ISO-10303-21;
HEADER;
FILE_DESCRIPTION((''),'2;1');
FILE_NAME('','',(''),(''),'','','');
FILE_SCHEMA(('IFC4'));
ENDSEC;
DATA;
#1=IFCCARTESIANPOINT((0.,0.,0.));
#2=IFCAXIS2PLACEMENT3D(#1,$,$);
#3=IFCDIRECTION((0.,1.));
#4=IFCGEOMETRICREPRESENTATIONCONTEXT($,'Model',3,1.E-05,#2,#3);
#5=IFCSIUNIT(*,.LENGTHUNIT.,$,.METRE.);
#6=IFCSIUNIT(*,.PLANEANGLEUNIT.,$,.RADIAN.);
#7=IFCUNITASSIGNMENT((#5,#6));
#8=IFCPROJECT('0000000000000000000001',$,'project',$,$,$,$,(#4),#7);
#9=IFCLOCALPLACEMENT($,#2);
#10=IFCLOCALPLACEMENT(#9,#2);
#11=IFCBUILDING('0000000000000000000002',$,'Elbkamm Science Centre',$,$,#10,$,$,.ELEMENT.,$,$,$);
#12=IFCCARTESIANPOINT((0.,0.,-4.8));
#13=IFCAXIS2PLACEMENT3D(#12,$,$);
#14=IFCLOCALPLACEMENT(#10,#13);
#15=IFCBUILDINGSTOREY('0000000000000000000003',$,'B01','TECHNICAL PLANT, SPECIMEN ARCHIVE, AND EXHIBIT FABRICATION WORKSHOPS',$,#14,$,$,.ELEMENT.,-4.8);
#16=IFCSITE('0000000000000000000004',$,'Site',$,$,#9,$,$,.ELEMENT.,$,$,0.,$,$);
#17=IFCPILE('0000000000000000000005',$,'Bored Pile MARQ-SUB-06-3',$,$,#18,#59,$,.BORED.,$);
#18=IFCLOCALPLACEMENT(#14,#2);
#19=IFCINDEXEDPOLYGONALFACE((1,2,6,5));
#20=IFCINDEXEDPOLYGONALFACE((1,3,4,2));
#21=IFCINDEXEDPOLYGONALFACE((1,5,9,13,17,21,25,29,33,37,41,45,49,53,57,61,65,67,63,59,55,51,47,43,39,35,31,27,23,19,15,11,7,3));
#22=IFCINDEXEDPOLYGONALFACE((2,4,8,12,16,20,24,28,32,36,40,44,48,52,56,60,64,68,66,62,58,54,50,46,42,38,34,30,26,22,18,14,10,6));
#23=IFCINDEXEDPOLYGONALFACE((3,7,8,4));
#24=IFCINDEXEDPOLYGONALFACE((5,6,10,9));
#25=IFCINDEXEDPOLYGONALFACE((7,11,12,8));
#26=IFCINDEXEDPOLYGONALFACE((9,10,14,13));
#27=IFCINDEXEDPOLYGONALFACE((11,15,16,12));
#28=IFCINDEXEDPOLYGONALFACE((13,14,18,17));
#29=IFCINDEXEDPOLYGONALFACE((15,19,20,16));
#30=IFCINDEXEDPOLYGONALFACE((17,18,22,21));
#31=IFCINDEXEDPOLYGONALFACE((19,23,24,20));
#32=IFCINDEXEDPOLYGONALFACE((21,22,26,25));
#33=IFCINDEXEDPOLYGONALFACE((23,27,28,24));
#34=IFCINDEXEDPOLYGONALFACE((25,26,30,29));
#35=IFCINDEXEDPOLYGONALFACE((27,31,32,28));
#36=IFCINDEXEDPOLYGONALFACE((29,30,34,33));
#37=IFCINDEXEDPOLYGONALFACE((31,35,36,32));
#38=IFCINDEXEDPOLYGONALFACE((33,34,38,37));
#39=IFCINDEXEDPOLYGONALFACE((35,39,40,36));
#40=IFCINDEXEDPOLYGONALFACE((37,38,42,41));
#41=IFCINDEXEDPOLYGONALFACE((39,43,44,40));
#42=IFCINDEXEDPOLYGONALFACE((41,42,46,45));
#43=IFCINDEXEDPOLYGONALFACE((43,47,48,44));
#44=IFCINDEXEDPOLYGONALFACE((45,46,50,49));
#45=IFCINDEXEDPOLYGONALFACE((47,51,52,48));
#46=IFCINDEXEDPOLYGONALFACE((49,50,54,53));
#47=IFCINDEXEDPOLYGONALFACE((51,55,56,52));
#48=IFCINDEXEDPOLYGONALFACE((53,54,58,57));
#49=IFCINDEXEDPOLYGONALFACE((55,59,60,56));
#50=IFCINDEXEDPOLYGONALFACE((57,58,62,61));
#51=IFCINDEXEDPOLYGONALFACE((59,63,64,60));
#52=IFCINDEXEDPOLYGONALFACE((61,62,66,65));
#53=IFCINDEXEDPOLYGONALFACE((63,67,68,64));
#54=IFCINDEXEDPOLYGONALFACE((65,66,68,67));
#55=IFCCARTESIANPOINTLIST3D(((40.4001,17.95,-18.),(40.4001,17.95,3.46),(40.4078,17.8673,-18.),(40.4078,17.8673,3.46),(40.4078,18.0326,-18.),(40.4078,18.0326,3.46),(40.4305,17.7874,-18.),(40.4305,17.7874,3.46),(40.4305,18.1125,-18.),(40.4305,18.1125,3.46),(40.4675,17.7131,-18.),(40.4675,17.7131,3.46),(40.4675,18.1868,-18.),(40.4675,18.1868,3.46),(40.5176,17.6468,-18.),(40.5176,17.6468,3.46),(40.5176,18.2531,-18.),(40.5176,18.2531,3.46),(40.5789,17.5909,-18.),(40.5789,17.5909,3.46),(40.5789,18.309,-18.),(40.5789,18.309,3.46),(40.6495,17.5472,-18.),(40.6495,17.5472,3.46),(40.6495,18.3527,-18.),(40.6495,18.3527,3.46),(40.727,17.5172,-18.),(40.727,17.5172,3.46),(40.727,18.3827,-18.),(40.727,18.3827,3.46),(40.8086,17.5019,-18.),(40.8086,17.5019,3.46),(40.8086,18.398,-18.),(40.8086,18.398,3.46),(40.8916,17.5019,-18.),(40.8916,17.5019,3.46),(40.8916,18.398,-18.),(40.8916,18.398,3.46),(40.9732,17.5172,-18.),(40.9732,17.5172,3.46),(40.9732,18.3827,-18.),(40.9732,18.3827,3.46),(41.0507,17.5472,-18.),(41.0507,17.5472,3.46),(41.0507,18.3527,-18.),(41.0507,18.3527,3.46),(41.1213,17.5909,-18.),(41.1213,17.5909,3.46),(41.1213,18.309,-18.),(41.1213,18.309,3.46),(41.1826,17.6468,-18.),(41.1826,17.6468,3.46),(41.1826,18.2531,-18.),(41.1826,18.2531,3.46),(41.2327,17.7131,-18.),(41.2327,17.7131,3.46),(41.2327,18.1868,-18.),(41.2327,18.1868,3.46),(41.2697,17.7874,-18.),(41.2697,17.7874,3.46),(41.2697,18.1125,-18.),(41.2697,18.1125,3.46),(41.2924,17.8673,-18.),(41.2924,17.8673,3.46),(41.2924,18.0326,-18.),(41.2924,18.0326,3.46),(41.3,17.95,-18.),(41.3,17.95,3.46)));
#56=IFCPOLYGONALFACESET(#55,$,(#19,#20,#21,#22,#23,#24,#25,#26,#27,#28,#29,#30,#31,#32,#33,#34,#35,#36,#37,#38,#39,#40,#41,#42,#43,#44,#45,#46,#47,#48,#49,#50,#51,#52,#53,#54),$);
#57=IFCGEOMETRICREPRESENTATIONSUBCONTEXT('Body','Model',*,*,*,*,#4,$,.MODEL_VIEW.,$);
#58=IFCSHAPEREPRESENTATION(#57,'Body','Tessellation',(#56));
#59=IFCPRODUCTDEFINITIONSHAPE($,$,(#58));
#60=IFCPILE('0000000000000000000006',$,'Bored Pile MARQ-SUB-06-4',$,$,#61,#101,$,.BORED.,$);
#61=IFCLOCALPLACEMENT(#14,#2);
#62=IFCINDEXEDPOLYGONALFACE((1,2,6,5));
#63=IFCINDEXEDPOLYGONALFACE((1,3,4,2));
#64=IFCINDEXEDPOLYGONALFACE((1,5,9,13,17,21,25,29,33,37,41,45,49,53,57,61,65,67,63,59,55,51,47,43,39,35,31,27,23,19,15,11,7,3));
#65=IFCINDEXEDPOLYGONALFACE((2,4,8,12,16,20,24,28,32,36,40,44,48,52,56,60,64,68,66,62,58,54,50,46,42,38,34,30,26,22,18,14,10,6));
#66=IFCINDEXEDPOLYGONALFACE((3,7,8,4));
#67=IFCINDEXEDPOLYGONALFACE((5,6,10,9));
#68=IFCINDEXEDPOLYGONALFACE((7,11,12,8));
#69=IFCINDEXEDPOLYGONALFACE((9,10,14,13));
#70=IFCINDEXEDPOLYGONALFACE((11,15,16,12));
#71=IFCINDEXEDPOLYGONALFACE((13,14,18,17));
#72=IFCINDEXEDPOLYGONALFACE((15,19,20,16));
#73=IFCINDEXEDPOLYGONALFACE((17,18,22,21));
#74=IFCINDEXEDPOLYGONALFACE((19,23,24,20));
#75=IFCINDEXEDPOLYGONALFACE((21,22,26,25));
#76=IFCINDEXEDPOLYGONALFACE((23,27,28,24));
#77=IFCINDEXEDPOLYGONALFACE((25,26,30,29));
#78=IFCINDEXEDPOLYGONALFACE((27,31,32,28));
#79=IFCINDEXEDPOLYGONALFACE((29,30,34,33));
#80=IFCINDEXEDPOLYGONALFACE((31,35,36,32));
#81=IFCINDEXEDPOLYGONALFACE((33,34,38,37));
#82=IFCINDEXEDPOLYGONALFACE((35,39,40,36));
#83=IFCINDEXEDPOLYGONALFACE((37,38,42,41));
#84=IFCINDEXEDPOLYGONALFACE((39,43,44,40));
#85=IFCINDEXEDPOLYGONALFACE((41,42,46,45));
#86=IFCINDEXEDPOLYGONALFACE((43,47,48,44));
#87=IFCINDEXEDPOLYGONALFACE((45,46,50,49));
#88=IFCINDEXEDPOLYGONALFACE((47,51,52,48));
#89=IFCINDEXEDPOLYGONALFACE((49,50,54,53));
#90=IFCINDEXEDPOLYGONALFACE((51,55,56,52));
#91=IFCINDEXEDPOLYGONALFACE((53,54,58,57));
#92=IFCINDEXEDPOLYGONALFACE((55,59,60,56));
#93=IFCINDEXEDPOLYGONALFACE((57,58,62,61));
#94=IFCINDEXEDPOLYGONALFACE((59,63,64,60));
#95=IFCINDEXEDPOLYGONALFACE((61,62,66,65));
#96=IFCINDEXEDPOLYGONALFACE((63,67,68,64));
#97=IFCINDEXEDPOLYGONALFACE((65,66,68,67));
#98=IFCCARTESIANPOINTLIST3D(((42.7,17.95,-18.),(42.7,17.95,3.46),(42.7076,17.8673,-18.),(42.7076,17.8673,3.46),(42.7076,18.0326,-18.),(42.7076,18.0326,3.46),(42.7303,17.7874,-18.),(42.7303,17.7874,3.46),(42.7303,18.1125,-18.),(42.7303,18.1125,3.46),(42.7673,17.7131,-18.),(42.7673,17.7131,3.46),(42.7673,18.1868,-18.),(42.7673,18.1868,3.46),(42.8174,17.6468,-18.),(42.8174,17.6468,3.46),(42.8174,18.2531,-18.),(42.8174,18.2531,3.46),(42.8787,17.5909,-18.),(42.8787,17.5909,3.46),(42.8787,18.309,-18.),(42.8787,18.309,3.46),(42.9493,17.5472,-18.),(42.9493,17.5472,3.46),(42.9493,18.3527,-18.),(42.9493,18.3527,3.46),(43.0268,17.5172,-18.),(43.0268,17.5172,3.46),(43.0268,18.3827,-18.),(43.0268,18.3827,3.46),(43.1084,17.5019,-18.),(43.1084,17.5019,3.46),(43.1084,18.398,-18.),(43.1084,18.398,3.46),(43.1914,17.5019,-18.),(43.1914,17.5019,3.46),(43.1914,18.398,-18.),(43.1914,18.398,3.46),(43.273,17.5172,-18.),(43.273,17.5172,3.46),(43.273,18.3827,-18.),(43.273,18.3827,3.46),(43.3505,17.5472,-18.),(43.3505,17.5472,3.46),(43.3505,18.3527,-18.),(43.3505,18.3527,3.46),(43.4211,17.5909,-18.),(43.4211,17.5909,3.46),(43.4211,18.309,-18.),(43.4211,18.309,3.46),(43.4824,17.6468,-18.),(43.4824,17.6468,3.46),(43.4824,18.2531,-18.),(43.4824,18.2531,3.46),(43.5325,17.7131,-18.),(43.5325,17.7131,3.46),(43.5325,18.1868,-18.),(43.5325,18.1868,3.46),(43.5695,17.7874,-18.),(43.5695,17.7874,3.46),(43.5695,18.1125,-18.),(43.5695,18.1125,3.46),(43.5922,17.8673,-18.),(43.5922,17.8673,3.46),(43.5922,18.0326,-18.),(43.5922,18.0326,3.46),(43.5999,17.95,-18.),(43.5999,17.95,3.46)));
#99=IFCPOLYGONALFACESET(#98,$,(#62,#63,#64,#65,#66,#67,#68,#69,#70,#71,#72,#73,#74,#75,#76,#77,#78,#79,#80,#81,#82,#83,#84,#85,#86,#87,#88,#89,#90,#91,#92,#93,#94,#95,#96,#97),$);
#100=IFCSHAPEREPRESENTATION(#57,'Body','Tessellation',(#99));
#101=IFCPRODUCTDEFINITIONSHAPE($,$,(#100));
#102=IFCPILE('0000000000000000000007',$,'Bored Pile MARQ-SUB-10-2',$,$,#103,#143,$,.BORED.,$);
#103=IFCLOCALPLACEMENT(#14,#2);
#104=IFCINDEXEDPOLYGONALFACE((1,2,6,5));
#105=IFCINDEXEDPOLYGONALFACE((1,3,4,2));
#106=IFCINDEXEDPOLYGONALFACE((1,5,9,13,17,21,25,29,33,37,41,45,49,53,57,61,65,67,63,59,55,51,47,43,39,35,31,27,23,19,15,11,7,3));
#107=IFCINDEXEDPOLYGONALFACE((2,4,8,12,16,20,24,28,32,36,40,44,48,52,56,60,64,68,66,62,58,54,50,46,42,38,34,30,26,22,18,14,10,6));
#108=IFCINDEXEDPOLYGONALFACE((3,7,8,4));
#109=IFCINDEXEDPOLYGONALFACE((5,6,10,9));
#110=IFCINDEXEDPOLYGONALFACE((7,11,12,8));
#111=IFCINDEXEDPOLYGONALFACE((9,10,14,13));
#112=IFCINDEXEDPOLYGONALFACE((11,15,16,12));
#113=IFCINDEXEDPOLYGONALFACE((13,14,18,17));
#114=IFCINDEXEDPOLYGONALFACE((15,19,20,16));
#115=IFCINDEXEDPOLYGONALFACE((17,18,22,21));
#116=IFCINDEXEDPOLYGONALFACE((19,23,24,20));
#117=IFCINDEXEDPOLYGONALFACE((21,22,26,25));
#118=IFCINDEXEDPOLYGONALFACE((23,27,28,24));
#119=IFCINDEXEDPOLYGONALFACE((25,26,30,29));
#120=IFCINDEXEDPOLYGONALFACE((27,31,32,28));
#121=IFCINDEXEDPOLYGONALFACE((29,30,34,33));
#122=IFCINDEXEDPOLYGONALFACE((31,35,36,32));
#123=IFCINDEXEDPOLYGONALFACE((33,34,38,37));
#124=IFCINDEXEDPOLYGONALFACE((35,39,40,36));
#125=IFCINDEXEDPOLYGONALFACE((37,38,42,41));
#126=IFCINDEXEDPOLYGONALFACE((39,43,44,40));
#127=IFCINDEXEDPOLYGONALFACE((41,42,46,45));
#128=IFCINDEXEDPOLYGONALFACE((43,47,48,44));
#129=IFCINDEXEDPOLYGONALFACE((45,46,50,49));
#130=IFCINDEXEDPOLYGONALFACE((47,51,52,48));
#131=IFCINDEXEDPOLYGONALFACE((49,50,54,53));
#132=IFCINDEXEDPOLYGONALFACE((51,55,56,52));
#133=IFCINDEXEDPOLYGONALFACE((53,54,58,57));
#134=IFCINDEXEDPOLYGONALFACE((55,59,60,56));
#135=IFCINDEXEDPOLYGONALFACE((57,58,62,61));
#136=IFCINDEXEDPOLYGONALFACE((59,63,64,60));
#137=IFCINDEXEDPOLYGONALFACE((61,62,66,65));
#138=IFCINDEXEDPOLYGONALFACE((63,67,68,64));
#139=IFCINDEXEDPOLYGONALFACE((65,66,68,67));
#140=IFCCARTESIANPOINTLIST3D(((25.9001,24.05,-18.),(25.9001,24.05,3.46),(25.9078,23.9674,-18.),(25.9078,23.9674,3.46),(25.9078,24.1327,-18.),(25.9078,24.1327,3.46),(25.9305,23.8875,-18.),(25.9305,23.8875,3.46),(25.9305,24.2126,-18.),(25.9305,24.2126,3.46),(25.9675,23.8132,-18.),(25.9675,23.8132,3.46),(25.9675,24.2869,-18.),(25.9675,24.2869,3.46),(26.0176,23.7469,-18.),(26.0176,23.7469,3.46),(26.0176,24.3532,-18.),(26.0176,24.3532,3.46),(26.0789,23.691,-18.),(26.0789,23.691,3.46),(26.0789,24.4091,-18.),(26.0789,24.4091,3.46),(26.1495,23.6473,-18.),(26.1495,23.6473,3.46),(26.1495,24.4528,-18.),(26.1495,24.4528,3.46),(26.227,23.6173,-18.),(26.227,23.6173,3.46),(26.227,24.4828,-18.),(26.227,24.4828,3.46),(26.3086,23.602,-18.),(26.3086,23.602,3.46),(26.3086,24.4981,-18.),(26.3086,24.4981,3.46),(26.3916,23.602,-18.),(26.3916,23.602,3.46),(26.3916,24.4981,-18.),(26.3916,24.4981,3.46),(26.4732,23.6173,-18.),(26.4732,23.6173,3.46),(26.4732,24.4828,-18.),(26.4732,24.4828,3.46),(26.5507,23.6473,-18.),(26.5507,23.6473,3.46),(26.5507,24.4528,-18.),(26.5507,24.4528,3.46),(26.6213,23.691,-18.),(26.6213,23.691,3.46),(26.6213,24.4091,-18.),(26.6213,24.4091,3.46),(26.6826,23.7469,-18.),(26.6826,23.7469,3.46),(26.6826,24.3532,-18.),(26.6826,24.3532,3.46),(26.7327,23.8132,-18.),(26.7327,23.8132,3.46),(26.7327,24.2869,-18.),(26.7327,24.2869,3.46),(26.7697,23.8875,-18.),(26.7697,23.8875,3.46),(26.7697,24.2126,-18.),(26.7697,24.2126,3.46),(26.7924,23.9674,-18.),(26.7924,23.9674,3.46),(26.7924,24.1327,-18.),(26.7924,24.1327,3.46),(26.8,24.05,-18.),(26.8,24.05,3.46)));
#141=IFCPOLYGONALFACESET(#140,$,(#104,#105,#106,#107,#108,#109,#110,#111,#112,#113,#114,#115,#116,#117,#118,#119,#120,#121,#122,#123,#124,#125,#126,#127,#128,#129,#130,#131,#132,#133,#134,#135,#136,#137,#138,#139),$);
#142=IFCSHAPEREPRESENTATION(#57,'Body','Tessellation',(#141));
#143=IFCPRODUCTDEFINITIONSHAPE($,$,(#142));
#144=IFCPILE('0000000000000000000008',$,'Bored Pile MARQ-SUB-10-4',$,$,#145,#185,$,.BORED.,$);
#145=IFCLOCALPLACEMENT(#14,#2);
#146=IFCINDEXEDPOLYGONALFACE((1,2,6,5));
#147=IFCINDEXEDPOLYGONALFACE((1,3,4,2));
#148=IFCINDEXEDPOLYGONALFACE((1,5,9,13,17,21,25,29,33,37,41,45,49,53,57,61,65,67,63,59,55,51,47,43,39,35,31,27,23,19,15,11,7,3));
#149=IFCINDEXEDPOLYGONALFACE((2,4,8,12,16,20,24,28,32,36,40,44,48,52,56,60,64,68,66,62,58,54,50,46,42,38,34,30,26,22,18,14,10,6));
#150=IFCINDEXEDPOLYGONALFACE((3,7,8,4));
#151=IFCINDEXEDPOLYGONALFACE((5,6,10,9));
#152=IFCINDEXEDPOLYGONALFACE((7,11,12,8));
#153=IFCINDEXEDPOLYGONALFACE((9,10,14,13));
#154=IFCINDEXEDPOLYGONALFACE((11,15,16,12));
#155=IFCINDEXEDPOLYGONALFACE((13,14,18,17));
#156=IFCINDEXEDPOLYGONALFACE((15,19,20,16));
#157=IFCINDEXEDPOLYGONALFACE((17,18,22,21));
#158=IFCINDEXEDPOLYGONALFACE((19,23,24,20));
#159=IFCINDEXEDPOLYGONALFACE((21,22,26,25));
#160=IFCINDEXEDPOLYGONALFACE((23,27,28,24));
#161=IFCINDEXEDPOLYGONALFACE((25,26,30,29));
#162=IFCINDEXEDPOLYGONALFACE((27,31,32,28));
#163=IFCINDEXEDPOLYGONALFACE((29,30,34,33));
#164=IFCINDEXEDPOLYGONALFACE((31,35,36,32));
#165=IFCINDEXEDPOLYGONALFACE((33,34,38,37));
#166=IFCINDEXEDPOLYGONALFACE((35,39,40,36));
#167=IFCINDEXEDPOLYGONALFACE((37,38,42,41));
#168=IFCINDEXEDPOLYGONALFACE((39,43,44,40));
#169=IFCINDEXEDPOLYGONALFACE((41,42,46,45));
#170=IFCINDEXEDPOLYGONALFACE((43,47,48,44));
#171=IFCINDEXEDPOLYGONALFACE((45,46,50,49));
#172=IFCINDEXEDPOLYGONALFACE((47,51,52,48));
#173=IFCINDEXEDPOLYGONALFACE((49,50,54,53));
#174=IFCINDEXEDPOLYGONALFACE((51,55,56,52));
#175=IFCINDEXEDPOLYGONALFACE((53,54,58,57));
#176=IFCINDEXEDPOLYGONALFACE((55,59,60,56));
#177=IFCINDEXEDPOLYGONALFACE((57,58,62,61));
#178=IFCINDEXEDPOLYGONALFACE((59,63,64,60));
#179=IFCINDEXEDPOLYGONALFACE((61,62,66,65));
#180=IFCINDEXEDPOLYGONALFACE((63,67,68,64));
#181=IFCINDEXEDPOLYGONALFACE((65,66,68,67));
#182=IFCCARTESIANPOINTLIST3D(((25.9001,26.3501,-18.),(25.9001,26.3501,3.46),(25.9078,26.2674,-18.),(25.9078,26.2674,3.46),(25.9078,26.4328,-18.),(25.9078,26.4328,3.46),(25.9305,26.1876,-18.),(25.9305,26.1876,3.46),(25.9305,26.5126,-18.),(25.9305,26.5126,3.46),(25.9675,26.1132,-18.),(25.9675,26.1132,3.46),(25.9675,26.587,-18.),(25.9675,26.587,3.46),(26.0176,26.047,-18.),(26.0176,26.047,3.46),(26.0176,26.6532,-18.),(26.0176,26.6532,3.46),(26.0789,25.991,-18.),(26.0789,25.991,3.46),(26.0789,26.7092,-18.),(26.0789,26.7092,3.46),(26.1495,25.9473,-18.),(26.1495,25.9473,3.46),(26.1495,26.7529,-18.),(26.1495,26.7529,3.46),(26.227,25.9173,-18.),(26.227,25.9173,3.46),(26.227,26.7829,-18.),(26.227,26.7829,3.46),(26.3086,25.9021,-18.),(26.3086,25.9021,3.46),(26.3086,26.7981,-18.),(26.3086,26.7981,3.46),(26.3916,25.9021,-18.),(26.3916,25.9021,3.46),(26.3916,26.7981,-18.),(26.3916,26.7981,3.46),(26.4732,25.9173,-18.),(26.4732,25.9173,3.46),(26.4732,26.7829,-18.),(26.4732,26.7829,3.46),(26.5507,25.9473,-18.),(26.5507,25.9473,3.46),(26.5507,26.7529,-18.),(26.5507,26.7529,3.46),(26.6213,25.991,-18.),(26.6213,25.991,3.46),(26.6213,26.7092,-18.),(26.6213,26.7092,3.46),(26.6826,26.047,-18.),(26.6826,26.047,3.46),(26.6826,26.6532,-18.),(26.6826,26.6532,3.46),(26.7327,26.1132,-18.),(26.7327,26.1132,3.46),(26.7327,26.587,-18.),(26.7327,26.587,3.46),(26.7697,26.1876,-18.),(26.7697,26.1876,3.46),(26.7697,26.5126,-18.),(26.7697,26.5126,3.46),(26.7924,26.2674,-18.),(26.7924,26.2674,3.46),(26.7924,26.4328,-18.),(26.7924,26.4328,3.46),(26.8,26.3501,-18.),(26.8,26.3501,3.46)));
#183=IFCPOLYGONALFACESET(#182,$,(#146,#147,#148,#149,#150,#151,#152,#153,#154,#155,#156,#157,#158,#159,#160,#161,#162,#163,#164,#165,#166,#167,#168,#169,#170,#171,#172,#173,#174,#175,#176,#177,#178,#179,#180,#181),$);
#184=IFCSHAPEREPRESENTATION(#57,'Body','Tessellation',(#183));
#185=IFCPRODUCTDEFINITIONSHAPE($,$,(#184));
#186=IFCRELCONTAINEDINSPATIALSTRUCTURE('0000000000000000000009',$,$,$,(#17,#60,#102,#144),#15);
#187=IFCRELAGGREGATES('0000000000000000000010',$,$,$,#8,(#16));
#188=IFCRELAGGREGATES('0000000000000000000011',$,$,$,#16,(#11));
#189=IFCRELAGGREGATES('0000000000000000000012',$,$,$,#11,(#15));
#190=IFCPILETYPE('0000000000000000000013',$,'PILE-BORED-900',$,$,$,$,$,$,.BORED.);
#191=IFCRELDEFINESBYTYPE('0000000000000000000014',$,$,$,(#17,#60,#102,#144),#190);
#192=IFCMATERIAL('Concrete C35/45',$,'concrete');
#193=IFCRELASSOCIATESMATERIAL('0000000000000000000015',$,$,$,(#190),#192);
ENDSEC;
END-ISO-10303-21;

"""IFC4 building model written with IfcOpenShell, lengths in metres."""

from ifc_helpers import new_model, si_unit, direction, frame, origin, origin_2d, place, context, subcontext, project, spatial, circle, extrude, material, material_profile, profile_set, type_object, element, save


model = new_model("IFC4")

# Units and contexts
model_context = context("Model", 3, precision=1e-05, world=origin(), true_north=direction((0.0, 1.0)))
body_context = subcontext(model_context, "Body", "Model", "MODEL_VIEW")
ifc_project = project(units=[si_unit("LENGTHUNIT", "METRE"), si_unit("PLANEANGLEUNIT", "RADIAN")], contexts=[model_context])

# Site, building, storey
site_placement = place(None, origin())
site = spatial("IfcSite", under=ifc_project, at=site_placement, Name="Site", CompositionType="ELEMENT", RefElevation=0.0)
building_placement = place(site_placement, origin())
building = spatial("IfcBuilding", under=site, at=building_placement, Name="Elbkamm Science Centre", CompositionType="ELEMENT")
storey_placement = place(building_placement, frame((0.0, 0.0, -4.8)))
storey = spatial("IfcBuildingStorey", under=building, at=storey_placement, Name="B01", Description="TECHNICAL PLANT, SPECIMEN ARCHIVE, AND EXHIBIT FABRICATION WORKSHOPS", CompositionType="ELEMENT", Elevation=-4.8)

# Shared definitions
ifc_material_1 = material(Name="Concrete C35/45", Category="concrete")

# Piles
ifc_material_profile_1 = material_profile(ifc_material_1, circle(Radius=0.45, at=origin_2d()), Name="PILE D900")
ifc_profile_set_1 = profile_set([ifc_material_profile_1], Name="Concrete C35/45")
pile_type = type_object("IfcPileType", Name="PILE-BORED-900", PredefinedType="BORED", material=ifc_profile_set_1)
for number, where, z_axis, x_axis, name in (
    (1, (40.8501, 17.95, 3.46), (0.0, 0.0, -1.0), (1.0, 0.0, 0.0), "Bored Pile MARQ-SUB-06-3"),
    (2, (43.1499, 17.95, 3.46), (0.0, 0.0, -1.0), (1.0, 0.0, 0.0), "Bored Pile MARQ-SUB-06-4"),
    (3, (26.3501, 24.05, 3.46), (0.0, 0.0, -1.0), (1.0, 0.0, 0.0), "Bored Pile MARQ-SUB-10-2"),
    (4, (26.3501, 26.3501, 3.46), (0.0, 0.0, -1.0), (1.0, 0.0, 0.0), "Bored Pile MARQ-SUB-10-4"),
):
    element("IfcPile", number, at=place(storey_placement, frame(where, z_axis=z_axis, x_axis=x_axis)), inside=storey, type_object=pile_type, Name=name, PredefinedType="BORED", context=body_context, shape_type="SweptSolid", body=[
        extrude(circle(Radius=0.45, at=origin_2d()), origin(), (0.0, 0.0, 1.0), 21.46),
    ])

save(model, "model.ifc")
